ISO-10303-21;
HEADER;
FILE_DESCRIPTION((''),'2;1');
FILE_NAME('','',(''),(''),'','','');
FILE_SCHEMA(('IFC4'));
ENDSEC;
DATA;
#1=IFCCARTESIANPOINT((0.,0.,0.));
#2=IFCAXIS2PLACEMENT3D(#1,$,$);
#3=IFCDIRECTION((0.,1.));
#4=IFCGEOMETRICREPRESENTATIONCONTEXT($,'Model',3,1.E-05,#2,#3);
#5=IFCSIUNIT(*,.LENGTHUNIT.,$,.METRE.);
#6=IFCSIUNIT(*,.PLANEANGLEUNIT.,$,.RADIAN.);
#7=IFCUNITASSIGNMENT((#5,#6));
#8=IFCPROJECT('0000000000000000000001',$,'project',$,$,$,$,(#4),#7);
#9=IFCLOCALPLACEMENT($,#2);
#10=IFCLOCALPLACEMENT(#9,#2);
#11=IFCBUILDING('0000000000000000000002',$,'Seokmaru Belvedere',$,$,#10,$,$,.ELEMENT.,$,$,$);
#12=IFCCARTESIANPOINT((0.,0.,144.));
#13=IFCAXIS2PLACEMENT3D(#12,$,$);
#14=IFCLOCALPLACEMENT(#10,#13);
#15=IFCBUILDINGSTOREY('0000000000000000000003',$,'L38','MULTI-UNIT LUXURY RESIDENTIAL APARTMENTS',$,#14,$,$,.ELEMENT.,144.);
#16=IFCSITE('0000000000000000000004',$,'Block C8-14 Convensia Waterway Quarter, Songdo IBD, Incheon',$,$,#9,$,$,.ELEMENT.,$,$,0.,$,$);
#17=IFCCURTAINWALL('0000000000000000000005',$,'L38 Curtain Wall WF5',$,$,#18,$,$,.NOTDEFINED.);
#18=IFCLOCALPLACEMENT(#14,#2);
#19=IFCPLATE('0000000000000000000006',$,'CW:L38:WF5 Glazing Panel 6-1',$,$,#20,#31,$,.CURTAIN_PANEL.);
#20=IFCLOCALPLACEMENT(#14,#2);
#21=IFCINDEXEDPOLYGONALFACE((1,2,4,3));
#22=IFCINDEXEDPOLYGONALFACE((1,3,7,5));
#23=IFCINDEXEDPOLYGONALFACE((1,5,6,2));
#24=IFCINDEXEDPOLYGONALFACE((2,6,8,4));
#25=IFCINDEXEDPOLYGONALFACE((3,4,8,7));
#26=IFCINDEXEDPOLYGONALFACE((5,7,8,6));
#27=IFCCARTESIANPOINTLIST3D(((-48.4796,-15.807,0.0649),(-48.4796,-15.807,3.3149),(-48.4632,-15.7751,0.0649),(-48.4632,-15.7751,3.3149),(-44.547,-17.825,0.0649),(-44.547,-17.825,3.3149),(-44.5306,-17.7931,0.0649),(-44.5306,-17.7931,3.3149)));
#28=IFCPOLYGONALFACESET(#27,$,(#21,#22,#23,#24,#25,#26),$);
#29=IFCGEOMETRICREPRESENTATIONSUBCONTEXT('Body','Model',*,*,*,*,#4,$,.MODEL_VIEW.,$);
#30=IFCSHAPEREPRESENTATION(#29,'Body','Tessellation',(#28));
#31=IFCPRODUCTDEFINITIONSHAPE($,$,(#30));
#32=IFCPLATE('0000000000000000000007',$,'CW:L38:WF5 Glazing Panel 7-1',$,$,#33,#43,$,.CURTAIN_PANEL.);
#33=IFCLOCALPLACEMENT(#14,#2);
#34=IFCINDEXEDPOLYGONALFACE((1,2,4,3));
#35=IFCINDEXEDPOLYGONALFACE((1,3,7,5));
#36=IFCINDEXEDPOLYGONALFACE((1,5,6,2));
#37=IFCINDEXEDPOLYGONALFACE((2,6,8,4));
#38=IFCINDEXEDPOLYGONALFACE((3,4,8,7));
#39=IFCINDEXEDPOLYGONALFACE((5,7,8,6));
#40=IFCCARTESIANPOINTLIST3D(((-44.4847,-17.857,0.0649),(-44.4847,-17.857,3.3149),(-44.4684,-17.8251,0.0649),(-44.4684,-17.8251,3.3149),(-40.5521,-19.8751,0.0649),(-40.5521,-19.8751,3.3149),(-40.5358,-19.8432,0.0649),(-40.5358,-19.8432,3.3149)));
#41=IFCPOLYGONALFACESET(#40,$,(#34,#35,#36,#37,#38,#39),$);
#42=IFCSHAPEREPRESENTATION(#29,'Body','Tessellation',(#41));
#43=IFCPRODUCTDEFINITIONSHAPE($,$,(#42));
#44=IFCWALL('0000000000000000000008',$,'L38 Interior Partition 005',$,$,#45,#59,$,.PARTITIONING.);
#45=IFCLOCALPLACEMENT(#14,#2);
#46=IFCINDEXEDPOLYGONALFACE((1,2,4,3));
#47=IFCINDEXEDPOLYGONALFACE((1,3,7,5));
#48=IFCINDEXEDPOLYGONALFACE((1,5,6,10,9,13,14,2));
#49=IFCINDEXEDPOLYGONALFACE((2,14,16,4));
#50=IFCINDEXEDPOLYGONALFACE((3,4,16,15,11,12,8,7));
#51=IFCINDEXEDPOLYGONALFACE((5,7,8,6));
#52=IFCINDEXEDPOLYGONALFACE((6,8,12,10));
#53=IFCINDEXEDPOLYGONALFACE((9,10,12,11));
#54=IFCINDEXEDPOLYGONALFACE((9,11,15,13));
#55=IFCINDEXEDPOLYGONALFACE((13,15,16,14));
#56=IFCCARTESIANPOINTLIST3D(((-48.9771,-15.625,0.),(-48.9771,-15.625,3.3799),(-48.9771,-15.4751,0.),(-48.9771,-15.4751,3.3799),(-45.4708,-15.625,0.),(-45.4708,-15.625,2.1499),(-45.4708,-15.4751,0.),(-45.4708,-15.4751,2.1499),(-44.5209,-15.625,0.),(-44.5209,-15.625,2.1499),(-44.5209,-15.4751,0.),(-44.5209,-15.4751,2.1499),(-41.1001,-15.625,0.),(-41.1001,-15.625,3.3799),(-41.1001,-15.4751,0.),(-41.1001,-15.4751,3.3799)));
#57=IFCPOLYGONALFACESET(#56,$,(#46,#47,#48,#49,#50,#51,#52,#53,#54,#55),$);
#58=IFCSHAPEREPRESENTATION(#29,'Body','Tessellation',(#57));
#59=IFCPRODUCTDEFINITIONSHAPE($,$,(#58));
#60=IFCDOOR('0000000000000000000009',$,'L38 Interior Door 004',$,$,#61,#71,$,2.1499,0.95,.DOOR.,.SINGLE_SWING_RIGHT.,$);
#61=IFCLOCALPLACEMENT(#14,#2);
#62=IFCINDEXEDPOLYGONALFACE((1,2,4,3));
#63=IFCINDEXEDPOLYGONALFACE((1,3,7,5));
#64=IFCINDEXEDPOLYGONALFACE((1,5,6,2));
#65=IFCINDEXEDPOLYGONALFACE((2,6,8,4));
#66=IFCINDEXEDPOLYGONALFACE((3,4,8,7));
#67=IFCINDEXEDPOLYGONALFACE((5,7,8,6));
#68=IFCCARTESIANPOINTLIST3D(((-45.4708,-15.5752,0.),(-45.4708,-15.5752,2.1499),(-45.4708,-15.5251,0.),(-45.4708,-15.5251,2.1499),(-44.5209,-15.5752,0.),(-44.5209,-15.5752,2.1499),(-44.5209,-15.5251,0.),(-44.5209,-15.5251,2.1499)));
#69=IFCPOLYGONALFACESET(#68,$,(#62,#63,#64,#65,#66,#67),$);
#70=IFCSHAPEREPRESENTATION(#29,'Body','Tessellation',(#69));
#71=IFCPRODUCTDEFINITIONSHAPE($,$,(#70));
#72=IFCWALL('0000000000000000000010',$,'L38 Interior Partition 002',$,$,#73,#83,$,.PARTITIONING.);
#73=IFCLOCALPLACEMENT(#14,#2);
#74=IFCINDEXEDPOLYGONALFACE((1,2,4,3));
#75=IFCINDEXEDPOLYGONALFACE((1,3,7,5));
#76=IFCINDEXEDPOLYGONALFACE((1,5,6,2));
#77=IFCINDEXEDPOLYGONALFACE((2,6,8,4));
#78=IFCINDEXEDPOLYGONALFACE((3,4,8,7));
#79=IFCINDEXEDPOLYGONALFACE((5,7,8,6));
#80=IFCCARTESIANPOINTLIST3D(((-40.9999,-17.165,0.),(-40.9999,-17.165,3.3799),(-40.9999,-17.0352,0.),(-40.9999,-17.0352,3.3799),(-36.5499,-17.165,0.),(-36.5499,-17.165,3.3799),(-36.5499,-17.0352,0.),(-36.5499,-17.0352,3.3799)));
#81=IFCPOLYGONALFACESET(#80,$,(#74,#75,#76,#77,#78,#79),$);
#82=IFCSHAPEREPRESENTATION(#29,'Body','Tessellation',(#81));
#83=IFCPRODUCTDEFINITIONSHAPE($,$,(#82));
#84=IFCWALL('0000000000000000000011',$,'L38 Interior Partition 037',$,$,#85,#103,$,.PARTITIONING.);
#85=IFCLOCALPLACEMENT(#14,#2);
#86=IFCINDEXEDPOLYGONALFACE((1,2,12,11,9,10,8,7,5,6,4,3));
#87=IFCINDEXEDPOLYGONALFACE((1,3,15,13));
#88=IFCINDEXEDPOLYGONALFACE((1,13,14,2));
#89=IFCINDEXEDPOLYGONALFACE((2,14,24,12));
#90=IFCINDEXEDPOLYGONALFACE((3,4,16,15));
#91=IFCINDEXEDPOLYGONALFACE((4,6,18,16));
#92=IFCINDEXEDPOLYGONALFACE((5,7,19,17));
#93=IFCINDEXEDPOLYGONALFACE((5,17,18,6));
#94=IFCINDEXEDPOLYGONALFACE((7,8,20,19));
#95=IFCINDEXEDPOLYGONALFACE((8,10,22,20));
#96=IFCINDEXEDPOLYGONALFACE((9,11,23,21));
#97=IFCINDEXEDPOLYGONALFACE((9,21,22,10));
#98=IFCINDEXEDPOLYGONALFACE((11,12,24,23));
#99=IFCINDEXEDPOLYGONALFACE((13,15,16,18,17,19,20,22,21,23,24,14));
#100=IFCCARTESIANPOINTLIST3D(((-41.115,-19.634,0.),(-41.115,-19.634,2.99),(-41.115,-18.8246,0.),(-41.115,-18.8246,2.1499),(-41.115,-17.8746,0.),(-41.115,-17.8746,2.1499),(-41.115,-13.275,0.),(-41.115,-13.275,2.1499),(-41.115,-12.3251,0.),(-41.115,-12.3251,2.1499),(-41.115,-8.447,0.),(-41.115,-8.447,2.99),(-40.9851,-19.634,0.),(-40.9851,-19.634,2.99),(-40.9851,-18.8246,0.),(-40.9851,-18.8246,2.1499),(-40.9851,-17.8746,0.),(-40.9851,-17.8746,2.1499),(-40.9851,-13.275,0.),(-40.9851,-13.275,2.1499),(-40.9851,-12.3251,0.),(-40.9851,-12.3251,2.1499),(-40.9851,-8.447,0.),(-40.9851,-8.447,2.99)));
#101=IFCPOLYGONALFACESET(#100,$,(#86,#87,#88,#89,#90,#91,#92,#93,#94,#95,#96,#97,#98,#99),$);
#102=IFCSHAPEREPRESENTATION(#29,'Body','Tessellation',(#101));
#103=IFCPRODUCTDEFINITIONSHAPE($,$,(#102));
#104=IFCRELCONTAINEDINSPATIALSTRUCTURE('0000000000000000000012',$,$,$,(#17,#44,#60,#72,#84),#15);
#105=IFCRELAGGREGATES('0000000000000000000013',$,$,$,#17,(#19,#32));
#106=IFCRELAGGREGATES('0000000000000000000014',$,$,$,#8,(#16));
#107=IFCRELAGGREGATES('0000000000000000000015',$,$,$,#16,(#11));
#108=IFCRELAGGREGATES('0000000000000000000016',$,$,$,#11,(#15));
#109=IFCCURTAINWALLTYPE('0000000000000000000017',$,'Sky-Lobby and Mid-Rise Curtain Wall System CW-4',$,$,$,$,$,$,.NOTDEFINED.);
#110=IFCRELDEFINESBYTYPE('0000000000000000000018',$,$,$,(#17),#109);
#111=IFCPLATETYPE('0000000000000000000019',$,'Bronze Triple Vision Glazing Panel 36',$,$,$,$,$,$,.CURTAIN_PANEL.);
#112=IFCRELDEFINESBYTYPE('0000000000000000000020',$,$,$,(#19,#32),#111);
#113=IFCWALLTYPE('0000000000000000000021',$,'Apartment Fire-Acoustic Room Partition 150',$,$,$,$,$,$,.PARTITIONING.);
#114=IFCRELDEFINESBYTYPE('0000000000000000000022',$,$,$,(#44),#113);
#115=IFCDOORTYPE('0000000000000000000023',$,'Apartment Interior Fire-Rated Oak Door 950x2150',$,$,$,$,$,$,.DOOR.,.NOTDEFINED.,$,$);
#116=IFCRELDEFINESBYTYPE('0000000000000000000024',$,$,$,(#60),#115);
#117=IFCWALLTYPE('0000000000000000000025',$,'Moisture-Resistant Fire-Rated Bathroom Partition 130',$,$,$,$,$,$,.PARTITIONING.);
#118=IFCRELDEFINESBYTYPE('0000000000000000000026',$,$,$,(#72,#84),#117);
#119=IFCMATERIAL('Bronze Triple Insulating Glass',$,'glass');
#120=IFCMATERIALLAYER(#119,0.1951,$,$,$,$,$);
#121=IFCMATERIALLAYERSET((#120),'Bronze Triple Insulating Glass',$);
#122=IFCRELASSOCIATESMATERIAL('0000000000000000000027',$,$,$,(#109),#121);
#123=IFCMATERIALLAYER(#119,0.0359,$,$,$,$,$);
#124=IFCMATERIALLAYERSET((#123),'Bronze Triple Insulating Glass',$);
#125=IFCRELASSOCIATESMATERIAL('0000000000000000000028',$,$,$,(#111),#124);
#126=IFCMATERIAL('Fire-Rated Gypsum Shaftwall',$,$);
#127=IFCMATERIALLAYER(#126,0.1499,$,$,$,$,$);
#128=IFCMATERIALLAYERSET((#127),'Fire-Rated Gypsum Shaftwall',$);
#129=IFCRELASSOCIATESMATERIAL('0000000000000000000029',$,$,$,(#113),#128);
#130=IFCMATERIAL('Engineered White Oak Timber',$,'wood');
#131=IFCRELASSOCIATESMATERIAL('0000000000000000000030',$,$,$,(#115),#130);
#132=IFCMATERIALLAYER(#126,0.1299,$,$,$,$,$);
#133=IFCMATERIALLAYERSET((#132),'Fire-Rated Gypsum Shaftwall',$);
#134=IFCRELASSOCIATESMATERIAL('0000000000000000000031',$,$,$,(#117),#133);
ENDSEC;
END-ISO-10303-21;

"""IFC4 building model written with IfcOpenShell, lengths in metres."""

from ifc_helpers import new_model, si_unit, direction, frame, frame_2d, origin, origin_2d, place, context, subcontext, project, spatial, rectangle, extrude, source, transform, mapped, material, layer, layer_set, type_object, type_shapes, element, fill, aggregate, save


model = new_model("IFC4")

# Units and contexts
model_context = context("Model", 3, precision=1e-05, world=origin(), true_north=direction((0.0, 1.0)))
body_context = subcontext(model_context, "Body", "Model", "MODEL_VIEW")
ifc_project = project(units=[si_unit("LENGTHUNIT", "METRE"), si_unit("PLANEANGLEUNIT", "RADIAN")], contexts=[model_context])

# Site, building, storey
site_placement = place(None, origin())
site = spatial("IfcSite", under=ifc_project, at=site_placement, Name="Block C8-14 Convensia Waterway Quarter, Songdo IBD, Incheon", CompositionType="ELEMENT", RefElevation=0.0)
building_placement = place(site_placement, origin())
building = spatial("IfcBuilding", under=site, at=building_placement, Name="Seokmaru Belvedere", CompositionType="ELEMENT")
storey_placement = place(building_placement, frame((0.0, 0.0, 144.0)))
storey = spatial("IfcBuildingStorey", under=building, at=storey_placement, Name="L38", Description="MULTI-UNIT LUXURY RESIDENTIAL APARTMENTS", CompositionType="ELEMENT", Elevation=144.0)

# Curtain wall, plates
ifc_material_1 = material(Name="Bronze Triple Insulating Glass", Category="glass")
ifc_layer_1 = layer(ifc_material_1, 0.1951)
ifc_layer_set_1 = layer_set([ifc_layer_1], Name="Bronze Triple Insulating Glass")
curtain_wall_type = type_object("IfcCurtainWallType", Name="Sky-Lobby and Mid-Rise Curtain Wall System CW-4", PredefinedType="NOTDEFINED", material=ifc_layer_set_1)
curtain_wall_placement = place(storey_placement, origin())
curtain_wall = element("IfcCurtainWall", 1, at=curtain_wall_placement, inside=storey, type_object=curtain_wall_type, Name="L38 Curtain Wall WF5", PredefinedType="NOTDEFINED")
ifc_layer_2 = layer(ifc_material_1, 0.0359)
ifc_layer_set_2 = layer_set([ifc_layer_2], Name="Bronze Triple Insulating Glass")
plate_type = type_object("IfcPlateType", Name="Bronze Triple Vision Glazing Panel 36", PredefinedType="CURTAIN_PANEL", material=ifc_layer_set_2)
shared_shape_1 = source(origin(), body_context, "Body", "SweptSolid", [
    extrude(rectangle(XDim=4.4202, YDim=0.0359, at=origin_2d()), origin(), (0.0, 0.0, 1.0), 3.25),
])
type_shapes(plate_type, [shared_shape_1])
plate_1_placement = place(storey_placement, frame((-46.5051, -16.8, 0.0649), z_axis=(0.0, 0.0, 1.0), x_axis=(0.889695, -0.456555, 0.0)))
plate_1 = element("IfcPlate", 2, at=plate_1_placement, type_object=plate_type, Name="CW:L38:WF5 Glazing Panel 6-1", PredefinedType="CURTAIN_PANEL", context=body_context, shape_type="MappedRepresentation", body=[
    mapped(shared_shape_1, transform((0.0, 0.0, 0.0), scale=1.0)),
])
plate_2_placement = place(storey_placement, frame((-42.5103, -18.8501, 0.0649), z_axis=(0.0, 0.0, 1.0), x_axis=(0.889695, -0.456555, 0.0)))
plate_2 = element("IfcPlate", 3, at=plate_2_placement, type_object=plate_type, Name="CW:L38:WF5 Glazing Panel 7-1", PredefinedType="CURTAIN_PANEL", context=body_context, shape_type="MappedRepresentation", body=[
    mapped(shared_shape_1, transform((0.0, 0.0, 0.0), scale=1.0)),
])
aggregate(curtain_wall, [plate_1, plate_2])

# Wall, opening, door
ifc_material_2 = material(Name="Fire-Rated Gypsum Shaftwall")
ifc_layer_3 = layer(ifc_material_2, 0.1499)
ifc_layer_set_3 = layer_set([ifc_layer_3], Name="Fire-Rated Gypsum Shaftwall")
wall_type_1 = type_object("IfcWallType", Name="Apartment Fire-Acoustic Room Partition 150", PredefinedType="PARTITIONING", material=ifc_layer_set_3)
wall_1_placement = place(storey_placement, frame((-48.9771, -15.55, 0.0), z_axis=(0.0, 0.0, 1.0), x_axis=(1.0, 0.0, 0.0)))
wall_1 = element("IfcWall", 4, at=wall_1_placement, inside=storey, type_object=wall_type_1, Name="L38 Interior Partition 005", PredefinedType="PARTITIONING", context=body_context, shape_type="SweptSolid", body=[
    extrude(rectangle(XDim=7.877, YDim=0.1499, at=frame_2d((3.9385, 0.0))), origin(), (0.0, 0.0, 1.0), 3.3799),
])
opening_1_placement = place(wall_1_placement, frame((3.5061, 0.0, 0.0)))
opening_1 = element("IfcOpeningElement", 5, at=opening_1_placement, cuts=wall_1, PredefinedType="OPENING", context=body_context, shape_type="SweptSolid", body=[
    extrude(rectangle(XDim=0.95, YDim=2.1499, at=frame_2d((0.4751, 1.075))), frame((0.0, 0.085, 0.0), z_axis=(0.0, -1.0, 0.0), x_axis=(1.0, 0.0, 0.0)), (0.0, 0.0, 1.0), 0.1699),
])
ifc_material_3 = material(Name="Engineered White Oak Timber", Category="wood")
door_type = type_object("IfcDoorType", Name="Apartment Interior Fire-Rated Oak Door 950x2150", OperationType="NOTDEFINED", PredefinedType="DOOR", material=ifc_material_3)
shared_shape_2 = source(origin(), body_context, "Body", "SweptSolid", [
    extrude(rectangle(XDim=0.95, YDim=2.1499, at=frame_2d((0.4751, 1.075))), frame((0.0, 0.0249, 0.0), z_axis=(0.0, -1.0, 0.0), x_axis=(1.0, 0.0, 0.0)), (0.0, 0.0, 1.0), 0.05),
])
type_shapes(door_type, [shared_shape_2])
door_placement = place(opening_1_placement, origin())
door = element("IfcDoor", 6, at=door_placement, inside=storey, type_object=door_type, Name="L38 Interior Door 004", OperationType="SINGLE_SWING_RIGHT", OverallHeight=2.1499, OverallWidth=0.95, PredefinedType="DOOR", context=body_context, shape_type="MappedRepresentation", body=[
    mapped(shared_shape_2, transform((0.0, 0.0, 0.0), scale=1.0)),
])
fill(opening_1, door)

# Wall
ifc_layer_4 = layer(ifc_material_2, 0.1299)
ifc_layer_set_4 = layer_set([ifc_layer_4], Name="Fire-Rated Gypsum Shaftwall")
wall_type_2 = type_object("IfcWallType", Name="Moisture-Resistant Fire-Rated Bathroom Partition 130", PredefinedType="PARTITIONING", material=ifc_layer_set_4)
wall_2_placement = place(storey_placement, frame((-41.0, -17.1001, 0.0), z_axis=(0.0, 0.0, 1.0), x_axis=(1.0, 0.0, 0.0)))
element("IfcWall", 7, at=wall_2_placement, inside=storey, type_object=wall_type_2, Name="L38 Interior Partition 002", PredefinedType="PARTITIONING", context=body_context, shape_type="SweptSolid", body=[
    extrude(rectangle(XDim=4.45, YDim=0.1299, at=frame_2d((2.2251, 0.0))), origin(), (0.0, 0.0, 1.0), 3.3799),
])

# Wall, openings
wall_3_placement = place(storey_placement, frame((-41.05, -19.634, 0.0), z_axis=(0.0, 0.0, 1.0), x_axis=(0.0, 1.0, 0.0)))
wall_3 = element("IfcWall", 8, at=wall_3_placement, inside=storey, type_object=wall_type_2, Name="L38 Interior Partition 037", PredefinedType="PARTITIONING", context=body_context, shape_type="SweptSolid", body=[
    extrude(rectangle(XDim=11.187, YDim=0.1299, at=frame_2d((5.5935, 0.0))), origin(), (0.0, 0.0, 1.0), 2.99),
])
opening_2_placement = place(wall_3_placement, frame((6.3589, 0.0, 0.0)))
element("IfcOpeningElement", 9, at=opening_2_placement, cuts=wall_3, PredefinedType="OPENING", context=body_context, shape_type="SweptSolid", body=[
    extrude(rectangle(XDim=0.95, YDim=2.1499, at=frame_2d((0.4751, 1.075))), frame((0.0, 0.075, 0.0), z_axis=(0.0, -1.0, 0.0), x_axis=(1.0, 0.0, 0.0)), (0.0, 0.0, 1.0), 0.1499),
])
opening_3_placement = place(wall_3_placement, frame((0.8093, 0.0, 0.0)))
element("IfcOpeningElement", 10, at=opening_3_placement, cuts=wall_3, PredefinedType="OPENING", context=body_context, shape_type="SweptSolid", body=[
    extrude(rectangle(XDim=0.95, YDim=2.1499, at=frame_2d((0.4751, 1.075))), frame((0.0, 0.075, 0.0), z_axis=(0.0, -1.0, 0.0), x_axis=(1.0, 0.0, 0.0)), (0.0, 0.0, 1.0), 0.1499),
])

save(model, "model.ifc")
